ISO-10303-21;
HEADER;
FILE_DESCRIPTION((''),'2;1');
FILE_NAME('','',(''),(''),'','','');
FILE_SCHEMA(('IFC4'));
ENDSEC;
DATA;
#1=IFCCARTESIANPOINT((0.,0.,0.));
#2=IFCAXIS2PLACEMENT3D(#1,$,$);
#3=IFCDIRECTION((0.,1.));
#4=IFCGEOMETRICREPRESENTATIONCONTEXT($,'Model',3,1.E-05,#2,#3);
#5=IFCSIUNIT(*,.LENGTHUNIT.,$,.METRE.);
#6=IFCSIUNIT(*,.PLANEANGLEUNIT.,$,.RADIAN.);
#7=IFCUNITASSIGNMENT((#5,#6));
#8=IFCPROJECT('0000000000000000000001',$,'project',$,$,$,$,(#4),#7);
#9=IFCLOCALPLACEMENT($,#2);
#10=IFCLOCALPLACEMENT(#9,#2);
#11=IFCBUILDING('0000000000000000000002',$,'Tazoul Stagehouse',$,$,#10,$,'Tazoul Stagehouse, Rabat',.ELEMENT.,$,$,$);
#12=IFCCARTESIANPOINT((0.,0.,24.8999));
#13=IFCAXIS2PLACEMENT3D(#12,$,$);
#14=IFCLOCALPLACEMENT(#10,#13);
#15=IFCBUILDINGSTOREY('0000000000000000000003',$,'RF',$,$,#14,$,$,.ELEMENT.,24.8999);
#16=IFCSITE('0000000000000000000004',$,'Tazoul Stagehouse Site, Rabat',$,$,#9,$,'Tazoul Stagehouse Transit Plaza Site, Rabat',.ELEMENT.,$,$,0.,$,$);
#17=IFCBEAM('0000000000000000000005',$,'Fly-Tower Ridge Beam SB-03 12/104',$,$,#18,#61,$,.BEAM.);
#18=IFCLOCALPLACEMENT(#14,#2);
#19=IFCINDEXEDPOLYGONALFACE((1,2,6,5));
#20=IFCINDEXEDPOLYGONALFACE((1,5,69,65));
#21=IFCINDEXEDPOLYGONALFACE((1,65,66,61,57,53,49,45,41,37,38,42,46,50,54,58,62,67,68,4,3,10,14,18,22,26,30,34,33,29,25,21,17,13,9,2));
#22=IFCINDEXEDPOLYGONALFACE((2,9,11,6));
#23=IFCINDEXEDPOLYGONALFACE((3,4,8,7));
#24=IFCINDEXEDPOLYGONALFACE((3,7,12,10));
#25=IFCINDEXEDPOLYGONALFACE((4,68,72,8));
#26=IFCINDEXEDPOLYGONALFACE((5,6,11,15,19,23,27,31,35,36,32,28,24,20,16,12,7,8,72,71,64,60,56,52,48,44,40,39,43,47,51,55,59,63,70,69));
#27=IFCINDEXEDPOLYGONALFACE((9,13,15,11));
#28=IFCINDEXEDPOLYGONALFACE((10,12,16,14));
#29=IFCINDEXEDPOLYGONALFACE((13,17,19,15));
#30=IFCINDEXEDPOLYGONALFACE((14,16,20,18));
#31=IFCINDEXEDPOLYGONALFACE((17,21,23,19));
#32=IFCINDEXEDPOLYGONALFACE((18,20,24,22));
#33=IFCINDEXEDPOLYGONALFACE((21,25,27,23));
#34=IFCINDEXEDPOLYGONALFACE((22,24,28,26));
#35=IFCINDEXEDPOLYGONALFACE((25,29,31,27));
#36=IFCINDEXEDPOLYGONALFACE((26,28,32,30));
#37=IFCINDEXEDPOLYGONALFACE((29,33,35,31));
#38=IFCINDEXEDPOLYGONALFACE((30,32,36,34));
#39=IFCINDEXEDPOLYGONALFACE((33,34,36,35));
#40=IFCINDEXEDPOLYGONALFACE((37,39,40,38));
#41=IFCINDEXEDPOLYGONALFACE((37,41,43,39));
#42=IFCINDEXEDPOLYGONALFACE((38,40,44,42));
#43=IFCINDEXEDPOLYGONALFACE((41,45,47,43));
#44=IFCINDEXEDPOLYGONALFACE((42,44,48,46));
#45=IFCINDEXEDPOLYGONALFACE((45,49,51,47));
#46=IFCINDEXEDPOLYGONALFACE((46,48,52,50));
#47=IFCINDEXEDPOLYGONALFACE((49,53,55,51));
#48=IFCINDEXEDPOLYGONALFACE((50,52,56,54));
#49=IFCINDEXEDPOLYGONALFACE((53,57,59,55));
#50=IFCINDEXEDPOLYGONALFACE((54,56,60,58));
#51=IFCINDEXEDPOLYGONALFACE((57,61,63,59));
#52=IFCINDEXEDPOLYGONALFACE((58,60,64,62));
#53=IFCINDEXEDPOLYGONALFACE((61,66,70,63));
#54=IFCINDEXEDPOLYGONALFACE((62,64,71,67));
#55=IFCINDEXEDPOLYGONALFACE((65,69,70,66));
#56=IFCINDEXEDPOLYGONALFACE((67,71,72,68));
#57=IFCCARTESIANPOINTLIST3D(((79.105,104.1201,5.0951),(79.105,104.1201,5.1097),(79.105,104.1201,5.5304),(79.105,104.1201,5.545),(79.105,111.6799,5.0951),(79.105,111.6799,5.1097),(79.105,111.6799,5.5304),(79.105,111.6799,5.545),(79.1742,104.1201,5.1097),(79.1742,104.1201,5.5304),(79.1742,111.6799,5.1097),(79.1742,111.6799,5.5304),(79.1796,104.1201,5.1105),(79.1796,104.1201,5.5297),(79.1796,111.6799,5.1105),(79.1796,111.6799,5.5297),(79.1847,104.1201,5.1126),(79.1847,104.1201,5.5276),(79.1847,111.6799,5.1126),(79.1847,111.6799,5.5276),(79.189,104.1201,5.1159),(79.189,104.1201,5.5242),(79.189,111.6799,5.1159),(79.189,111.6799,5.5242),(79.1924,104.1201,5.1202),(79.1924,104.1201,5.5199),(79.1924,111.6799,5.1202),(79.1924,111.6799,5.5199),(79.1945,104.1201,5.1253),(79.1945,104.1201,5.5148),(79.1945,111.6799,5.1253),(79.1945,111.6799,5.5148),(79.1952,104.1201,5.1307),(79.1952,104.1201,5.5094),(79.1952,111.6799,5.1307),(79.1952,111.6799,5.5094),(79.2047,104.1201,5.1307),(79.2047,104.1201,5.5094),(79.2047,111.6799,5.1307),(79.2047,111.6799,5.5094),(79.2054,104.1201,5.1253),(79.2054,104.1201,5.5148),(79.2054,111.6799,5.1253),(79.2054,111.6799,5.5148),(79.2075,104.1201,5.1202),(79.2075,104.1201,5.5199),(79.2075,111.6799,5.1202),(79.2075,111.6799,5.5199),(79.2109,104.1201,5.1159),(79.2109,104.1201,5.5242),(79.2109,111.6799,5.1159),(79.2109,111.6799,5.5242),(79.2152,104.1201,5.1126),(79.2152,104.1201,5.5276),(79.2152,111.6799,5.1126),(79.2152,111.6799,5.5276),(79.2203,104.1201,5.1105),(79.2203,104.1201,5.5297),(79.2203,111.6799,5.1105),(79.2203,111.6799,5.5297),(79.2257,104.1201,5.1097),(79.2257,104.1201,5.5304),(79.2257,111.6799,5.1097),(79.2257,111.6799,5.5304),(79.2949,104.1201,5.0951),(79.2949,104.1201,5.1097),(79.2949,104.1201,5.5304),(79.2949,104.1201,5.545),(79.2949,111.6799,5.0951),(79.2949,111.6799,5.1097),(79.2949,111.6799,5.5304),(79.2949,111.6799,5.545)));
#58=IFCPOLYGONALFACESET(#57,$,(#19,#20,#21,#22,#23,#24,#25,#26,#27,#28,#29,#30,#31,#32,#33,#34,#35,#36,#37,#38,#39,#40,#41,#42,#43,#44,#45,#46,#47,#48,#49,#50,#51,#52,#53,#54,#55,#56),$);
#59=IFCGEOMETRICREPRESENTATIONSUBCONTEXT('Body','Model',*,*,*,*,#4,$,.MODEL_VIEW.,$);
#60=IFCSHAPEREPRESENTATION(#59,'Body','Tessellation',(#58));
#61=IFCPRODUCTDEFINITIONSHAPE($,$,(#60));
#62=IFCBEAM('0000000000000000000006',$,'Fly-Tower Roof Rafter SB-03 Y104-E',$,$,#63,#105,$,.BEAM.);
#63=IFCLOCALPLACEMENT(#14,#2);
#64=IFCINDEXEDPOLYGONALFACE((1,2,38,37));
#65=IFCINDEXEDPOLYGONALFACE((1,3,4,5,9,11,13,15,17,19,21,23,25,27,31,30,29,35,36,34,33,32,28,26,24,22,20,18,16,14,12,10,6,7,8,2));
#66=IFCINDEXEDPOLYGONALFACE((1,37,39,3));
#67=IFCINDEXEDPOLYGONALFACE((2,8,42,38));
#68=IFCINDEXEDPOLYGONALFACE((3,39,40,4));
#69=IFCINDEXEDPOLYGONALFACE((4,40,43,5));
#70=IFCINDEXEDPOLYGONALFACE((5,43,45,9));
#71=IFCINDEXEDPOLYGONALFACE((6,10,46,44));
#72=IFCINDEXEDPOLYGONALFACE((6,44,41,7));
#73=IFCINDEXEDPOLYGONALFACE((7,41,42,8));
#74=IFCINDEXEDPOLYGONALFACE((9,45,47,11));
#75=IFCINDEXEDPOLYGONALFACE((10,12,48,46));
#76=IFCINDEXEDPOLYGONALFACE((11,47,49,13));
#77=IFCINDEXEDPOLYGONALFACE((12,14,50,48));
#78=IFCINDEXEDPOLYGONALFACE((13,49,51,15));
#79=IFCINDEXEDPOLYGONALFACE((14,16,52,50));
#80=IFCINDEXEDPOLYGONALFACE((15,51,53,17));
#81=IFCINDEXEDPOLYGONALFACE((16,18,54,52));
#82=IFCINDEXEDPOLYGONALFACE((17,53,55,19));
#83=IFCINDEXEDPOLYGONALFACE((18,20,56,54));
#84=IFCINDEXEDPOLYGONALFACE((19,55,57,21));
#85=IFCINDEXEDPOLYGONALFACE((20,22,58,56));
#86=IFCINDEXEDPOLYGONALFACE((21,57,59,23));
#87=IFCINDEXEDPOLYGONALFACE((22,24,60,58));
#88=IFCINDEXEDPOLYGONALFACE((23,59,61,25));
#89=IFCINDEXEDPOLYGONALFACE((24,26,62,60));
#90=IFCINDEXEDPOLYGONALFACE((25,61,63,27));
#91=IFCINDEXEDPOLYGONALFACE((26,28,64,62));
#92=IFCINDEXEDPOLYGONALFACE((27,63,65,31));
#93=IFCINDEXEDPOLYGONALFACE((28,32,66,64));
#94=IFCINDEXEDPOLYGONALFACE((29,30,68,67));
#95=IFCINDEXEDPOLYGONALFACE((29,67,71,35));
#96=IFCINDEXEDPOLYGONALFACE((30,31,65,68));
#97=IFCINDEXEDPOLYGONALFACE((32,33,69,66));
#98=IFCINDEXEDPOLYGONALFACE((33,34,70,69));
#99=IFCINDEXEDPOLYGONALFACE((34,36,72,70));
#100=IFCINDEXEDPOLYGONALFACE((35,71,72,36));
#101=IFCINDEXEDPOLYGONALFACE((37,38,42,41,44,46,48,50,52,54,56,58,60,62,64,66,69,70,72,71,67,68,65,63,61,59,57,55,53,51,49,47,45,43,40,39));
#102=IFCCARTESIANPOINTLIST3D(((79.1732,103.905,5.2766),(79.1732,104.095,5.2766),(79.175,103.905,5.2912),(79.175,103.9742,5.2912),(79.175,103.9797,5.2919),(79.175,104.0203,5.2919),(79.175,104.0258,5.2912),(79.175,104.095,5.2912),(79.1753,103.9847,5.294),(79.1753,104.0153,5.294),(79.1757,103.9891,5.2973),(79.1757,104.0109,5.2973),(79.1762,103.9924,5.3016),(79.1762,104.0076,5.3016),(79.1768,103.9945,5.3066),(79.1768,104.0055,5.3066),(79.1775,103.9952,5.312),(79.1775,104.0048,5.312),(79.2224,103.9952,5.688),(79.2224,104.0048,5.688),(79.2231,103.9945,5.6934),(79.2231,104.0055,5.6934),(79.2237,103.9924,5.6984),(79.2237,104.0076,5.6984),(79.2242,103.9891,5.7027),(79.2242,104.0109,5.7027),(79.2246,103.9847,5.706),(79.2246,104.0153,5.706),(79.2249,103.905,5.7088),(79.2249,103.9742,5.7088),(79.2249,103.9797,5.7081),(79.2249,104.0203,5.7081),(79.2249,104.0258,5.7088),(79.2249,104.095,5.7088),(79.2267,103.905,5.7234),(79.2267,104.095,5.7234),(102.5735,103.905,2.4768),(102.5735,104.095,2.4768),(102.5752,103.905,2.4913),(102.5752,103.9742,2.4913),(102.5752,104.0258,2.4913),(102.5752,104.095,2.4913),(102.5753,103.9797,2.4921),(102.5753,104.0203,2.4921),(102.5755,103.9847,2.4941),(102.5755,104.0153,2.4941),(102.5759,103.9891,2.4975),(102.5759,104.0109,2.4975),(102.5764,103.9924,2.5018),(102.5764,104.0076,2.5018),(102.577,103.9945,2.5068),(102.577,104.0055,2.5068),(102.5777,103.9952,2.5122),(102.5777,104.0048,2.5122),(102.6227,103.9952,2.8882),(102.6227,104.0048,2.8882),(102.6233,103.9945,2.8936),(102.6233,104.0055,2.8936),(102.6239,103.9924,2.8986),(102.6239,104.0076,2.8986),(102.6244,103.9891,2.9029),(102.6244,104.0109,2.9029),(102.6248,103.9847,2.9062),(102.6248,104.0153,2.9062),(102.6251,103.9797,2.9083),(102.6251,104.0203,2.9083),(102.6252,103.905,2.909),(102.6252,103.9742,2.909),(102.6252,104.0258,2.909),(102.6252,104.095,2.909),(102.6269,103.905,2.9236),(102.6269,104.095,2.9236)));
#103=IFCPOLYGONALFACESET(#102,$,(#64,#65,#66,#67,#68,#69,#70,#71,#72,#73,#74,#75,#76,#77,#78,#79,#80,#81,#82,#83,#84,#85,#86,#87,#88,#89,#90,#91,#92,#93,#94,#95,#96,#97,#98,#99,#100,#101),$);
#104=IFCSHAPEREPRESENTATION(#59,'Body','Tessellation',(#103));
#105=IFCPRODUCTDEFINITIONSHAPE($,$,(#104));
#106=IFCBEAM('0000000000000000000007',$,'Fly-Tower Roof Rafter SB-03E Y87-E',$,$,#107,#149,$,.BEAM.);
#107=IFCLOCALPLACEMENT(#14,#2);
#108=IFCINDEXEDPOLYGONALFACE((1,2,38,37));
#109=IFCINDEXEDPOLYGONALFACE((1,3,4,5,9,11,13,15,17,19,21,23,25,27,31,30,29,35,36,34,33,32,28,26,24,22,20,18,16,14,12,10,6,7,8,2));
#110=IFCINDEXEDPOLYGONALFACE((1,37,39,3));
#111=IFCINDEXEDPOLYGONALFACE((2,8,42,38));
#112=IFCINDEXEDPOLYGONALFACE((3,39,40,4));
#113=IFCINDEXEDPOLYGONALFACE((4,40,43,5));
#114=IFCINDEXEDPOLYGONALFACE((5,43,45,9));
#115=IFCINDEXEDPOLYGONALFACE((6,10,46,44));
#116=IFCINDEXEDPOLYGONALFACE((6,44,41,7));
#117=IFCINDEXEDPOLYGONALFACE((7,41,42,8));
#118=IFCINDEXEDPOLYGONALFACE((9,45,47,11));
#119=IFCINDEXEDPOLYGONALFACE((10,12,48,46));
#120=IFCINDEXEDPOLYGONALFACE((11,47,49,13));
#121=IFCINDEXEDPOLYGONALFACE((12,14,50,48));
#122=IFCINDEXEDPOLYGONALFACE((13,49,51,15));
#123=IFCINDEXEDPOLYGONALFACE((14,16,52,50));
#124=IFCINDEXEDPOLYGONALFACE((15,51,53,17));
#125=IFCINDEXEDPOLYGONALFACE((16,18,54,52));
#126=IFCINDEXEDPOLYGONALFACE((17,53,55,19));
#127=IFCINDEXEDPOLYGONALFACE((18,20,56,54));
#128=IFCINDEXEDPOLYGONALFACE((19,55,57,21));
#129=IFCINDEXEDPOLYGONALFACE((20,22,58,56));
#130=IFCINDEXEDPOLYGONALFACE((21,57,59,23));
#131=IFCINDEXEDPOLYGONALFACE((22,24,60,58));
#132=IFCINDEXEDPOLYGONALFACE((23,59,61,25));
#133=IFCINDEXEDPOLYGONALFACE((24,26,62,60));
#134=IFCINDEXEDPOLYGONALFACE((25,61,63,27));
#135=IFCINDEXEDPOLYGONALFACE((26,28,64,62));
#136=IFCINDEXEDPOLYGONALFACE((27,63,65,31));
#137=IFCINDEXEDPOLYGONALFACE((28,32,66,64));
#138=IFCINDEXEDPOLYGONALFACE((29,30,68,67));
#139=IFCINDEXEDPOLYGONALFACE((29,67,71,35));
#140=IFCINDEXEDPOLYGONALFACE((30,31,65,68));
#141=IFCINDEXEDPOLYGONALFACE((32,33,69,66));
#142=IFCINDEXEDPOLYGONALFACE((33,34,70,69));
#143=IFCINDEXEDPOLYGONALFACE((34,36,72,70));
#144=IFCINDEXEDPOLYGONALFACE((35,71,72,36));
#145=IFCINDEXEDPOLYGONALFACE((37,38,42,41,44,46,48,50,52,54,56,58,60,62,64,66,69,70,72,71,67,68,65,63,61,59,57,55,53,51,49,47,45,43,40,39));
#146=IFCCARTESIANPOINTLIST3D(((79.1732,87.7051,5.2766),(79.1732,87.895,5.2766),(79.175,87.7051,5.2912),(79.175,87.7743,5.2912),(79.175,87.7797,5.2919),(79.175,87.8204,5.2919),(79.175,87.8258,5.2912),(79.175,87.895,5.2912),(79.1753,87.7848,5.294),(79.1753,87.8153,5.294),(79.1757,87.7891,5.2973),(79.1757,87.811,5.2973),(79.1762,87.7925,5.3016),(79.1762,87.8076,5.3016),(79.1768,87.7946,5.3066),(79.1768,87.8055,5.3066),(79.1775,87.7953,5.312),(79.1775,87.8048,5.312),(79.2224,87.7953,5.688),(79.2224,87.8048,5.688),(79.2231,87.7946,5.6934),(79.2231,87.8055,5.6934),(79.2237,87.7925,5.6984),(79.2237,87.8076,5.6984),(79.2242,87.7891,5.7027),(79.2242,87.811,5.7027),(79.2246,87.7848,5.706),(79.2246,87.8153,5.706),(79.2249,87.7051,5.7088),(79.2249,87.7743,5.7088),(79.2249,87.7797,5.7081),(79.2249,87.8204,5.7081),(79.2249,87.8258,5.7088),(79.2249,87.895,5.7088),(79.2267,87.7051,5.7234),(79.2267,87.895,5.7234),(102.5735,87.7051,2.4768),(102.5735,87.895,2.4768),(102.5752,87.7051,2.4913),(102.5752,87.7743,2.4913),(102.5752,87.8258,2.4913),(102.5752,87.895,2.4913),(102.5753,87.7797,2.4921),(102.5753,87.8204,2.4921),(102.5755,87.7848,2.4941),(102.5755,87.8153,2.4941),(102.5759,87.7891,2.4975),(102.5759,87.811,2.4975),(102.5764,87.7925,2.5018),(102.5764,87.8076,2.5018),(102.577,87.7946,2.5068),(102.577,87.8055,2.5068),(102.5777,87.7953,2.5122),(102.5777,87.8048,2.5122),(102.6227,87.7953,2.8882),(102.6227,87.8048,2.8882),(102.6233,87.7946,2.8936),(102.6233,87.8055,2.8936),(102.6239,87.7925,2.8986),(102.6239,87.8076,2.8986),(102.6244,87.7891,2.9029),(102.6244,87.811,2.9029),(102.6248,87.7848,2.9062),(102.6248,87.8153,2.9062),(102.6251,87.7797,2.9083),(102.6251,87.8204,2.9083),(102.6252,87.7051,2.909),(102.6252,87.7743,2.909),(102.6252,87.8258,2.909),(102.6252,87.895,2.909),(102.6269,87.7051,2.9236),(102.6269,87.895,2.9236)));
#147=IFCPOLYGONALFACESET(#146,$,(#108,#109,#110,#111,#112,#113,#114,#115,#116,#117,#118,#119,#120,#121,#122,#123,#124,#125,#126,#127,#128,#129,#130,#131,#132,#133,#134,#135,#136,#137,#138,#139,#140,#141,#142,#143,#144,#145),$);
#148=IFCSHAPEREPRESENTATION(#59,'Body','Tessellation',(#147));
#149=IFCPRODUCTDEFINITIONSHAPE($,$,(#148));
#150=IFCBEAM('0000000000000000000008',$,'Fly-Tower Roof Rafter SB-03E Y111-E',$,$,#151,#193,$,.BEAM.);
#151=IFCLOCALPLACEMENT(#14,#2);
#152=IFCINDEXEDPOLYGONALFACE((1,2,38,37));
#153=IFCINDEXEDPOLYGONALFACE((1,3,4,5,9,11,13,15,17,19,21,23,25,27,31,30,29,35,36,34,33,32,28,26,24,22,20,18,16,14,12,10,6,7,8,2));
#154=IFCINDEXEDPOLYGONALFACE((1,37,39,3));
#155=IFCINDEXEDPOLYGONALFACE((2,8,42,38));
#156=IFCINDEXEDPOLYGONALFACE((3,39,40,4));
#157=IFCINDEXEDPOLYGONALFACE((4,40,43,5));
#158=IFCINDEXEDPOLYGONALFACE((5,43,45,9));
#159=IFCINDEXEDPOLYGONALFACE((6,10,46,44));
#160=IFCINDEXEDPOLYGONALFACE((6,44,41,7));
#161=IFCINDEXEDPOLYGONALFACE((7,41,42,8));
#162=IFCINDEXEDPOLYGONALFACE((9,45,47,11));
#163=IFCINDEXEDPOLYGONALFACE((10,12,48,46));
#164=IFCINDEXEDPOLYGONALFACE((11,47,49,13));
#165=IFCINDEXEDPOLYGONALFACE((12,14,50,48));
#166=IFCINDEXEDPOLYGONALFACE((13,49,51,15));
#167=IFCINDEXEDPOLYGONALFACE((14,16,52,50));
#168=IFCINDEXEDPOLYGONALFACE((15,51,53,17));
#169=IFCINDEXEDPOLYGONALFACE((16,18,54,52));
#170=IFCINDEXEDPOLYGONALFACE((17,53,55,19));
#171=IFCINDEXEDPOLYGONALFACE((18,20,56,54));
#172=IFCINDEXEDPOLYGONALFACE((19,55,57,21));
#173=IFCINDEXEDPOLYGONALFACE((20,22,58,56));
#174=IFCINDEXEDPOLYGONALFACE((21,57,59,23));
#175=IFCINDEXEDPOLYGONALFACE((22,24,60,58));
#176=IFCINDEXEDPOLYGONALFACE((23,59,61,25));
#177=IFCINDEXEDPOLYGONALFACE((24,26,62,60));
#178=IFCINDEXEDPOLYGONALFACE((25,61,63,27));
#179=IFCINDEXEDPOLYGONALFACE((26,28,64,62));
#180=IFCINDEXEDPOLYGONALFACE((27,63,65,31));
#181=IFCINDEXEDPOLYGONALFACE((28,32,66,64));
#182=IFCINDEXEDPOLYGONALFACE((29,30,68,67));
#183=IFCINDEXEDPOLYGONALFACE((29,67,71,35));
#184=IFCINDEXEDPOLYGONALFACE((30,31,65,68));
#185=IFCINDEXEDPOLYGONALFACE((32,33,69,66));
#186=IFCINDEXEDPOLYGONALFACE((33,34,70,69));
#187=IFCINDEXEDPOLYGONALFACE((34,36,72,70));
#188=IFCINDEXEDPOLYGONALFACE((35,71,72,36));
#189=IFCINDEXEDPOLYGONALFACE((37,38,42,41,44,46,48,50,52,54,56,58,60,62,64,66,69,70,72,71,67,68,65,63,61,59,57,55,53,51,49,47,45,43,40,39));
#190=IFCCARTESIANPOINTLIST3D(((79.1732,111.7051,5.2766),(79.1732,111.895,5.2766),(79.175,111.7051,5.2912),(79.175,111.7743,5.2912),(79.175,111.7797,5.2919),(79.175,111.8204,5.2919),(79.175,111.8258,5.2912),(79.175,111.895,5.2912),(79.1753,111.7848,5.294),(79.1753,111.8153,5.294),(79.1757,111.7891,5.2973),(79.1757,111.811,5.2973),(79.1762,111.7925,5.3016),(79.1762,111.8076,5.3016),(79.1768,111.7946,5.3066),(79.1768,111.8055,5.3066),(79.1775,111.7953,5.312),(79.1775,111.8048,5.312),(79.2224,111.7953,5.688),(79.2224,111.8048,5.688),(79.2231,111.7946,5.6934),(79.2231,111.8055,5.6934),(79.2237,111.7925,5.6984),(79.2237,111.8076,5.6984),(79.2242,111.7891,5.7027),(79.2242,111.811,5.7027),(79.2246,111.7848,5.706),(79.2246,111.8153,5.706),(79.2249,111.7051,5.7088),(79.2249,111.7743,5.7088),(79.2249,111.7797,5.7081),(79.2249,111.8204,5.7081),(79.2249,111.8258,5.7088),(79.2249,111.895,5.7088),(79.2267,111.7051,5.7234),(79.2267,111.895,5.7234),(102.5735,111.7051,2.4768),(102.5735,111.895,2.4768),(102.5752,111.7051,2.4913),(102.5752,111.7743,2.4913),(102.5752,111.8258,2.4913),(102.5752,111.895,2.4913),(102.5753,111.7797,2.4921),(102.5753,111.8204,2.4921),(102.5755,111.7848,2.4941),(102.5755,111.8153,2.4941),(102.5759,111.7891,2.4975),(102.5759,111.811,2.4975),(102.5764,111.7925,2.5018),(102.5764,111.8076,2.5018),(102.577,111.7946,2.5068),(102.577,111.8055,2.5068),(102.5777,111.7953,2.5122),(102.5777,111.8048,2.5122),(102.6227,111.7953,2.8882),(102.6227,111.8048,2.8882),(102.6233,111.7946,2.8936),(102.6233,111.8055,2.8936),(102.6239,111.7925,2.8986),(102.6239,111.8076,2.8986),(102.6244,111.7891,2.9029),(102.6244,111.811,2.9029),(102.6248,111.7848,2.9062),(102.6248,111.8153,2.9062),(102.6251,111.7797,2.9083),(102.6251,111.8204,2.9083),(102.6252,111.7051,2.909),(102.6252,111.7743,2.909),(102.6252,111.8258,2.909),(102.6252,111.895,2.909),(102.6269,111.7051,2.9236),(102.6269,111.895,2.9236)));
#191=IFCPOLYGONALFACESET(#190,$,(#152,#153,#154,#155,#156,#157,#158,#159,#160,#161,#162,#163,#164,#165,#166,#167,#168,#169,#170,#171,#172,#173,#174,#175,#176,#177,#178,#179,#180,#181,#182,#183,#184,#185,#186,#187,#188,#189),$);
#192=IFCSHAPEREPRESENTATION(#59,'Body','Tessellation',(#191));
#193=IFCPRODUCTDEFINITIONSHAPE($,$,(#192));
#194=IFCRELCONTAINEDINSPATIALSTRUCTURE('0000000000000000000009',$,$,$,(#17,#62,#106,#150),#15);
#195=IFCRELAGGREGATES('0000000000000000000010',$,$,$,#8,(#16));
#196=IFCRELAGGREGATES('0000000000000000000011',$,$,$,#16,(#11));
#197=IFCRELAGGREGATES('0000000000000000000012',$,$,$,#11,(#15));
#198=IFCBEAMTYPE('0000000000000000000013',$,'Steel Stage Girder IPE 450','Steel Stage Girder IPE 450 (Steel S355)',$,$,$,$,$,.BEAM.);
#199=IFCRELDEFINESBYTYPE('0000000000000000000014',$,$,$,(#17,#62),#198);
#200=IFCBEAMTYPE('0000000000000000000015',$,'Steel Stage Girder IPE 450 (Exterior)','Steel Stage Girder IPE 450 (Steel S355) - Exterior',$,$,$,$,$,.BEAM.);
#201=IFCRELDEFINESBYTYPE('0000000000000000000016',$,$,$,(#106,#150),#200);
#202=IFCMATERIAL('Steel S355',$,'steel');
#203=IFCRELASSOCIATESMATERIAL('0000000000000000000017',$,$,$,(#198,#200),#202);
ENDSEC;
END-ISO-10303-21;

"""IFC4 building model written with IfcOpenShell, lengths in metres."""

from ifc_helpers import new_model, si_unit, direction, frame, origin, origin_2d, place, context, subcontext, project, spatial, i_section, extrude, material, material_profile, profile_set, type_object, element, save


model = new_model("IFC4")

# Units and contexts
model_context = context("Model", 3, precision=1e-05, world=origin(), true_north=direction((0.0, 1.0)))
body_context = subcontext(model_context, "Body", "Model", "MODEL_VIEW")
ifc_project = project(units=[si_unit("LENGTHUNIT", "METRE"), si_unit("PLANEANGLEUNIT", "RADIAN")], contexts=[model_context])

# Site, building, storey
site_placement = place(None, origin())
site = spatial("IfcSite", under=ifc_project, at=site_placement, Name="Tazoul Stagehouse Site, Rabat", LongName="Tazoul Stagehouse Transit Plaza Site, Rabat", CompositionType="ELEMENT", RefElevation=0.0)
building_placement = place(site_placement, origin())
building = spatial("IfcBuilding", under=site, at=building_placement, Name="Tazoul Stagehouse", LongName="Tazoul Stagehouse, Rabat", CompositionType="ELEMENT")
storey_placement = place(building_placement, frame((0.0, 0.0, 24.8999)))
storey = spatial("IfcBuildingStorey", under=building, at=storey_placement, Name="RF", CompositionType="ELEMENT", Elevation=24.8999)

# Shared definitions
ifc_material_1 = material(Name="Steel S355", Category="steel")

# Beams
ifc_material_profile_1 = material_profile(ifc_material_1, i_section(OverallWidth=0.1899, OverallDepth=0.45, WebThickness=0.0095, FlangeThickness=0.0146, FilletRadius=0.021, at=origin_2d()), Name="IPE 450")
ifc_profile_set_1 = profile_set([ifc_material_profile_1], Name="Steel S355")
beam_type_1 = type_object("IfcBeamType", Name="Steel Stage Girder IPE 450", Description="Steel Stage Girder IPE 450 (Steel S355)", PredefinedType="BEAM", material=ifc_profile_set_1)
beam_1_placement = place(storey_placement, frame((79.2, 104.1201, 5.3201), z_axis=(0.0, 1.0, 0.0), x_axis=(-1.0, 0.0, 0.0)))
element("IfcBeam", 1, at=beam_1_placement, inside=storey, type_object=beam_type_1, Name="Fly-Tower Ridge Beam SB-03 12/104", PredefinedType="BEAM", context=body_context, shape_type="SweptSolid", body=[
    extrude(i_section(OverallWidth=0.1899, OverallDepth=0.45, WebThickness=0.0095, FlangeThickness=0.0146, FilletRadius=0.021, at=origin_2d()), origin(), (0.0, 0.0, 1.0), 7.5598),
])
beam_2_placement = place(storey_placement, frame((79.2, 104.0, 5.5), z_axis=(0.992918, 0.0, -0.118802), x_axis=(0.0, 1.0, 0.0)))
element("IfcBeam", 2, at=beam_2_placement, inside=storey, type_object=beam_type_1, Name="Fly-Tower Roof Rafter SB-03 Y104-E", PredefinedType="BEAM", context=body_context, shape_type="SweptSolid", body=[
    extrude(i_section(OverallWidth=0.1899, OverallDepth=0.45, WebThickness=0.0095, FlangeThickness=0.0146, FilletRadius=0.021, at=origin_2d()), origin(), (0.0, 0.0, 1.0), 23.5671),
])
ifc_material_profile_2 = material_profile(ifc_material_1, i_section(OverallWidth=0.1899, OverallDepth=0.45, WebThickness=0.0095, FlangeThickness=0.0146, FilletRadius=0.021, at=origin_2d()), Name="IPE 450")
ifc_profile_set_2 = profile_set([ifc_material_profile_2], Name="Steel S355")
beam_type_2 = type_object("IfcBeamType", Name="Steel Stage Girder IPE 450 (Exterior)", Description="Steel Stage Girder IPE 450 (Steel S355) - Exterior", PredefinedType="BEAM", material=ifc_profile_set_2)
for number, where, z_axis, x_axis, name in (
    (3, (79.2, 87.8, 5.5), (0.992918, 0.0, -0.118802), (0.0, 1.0, 0.0), "Fly-Tower Roof Rafter SB-03E Y87-E"),
    (4, (79.2, 111.8, 5.5), (0.992918, 0.0, -0.118802), (0.0, 1.0, 0.0), "Fly-Tower Roof Rafter SB-03E Y111-E"),
):
    element("IfcBeam", number, at=place(storey_placement, frame(where, z_axis=z_axis, x_axis=x_axis)), inside=storey, type_object=beam_type_2, Name=name, PredefinedType="BEAM", context=body_context, shape_type="SweptSolid", body=[
        extrude(i_section(OverallWidth=0.1899, OverallDepth=0.45, WebThickness=0.0095, FlangeThickness=0.0146, FilletRadius=0.021, at=origin_2d()), origin(), (0.0, 0.0, 1.0), 23.5671),
    ])

save(model, "model.ifc")
